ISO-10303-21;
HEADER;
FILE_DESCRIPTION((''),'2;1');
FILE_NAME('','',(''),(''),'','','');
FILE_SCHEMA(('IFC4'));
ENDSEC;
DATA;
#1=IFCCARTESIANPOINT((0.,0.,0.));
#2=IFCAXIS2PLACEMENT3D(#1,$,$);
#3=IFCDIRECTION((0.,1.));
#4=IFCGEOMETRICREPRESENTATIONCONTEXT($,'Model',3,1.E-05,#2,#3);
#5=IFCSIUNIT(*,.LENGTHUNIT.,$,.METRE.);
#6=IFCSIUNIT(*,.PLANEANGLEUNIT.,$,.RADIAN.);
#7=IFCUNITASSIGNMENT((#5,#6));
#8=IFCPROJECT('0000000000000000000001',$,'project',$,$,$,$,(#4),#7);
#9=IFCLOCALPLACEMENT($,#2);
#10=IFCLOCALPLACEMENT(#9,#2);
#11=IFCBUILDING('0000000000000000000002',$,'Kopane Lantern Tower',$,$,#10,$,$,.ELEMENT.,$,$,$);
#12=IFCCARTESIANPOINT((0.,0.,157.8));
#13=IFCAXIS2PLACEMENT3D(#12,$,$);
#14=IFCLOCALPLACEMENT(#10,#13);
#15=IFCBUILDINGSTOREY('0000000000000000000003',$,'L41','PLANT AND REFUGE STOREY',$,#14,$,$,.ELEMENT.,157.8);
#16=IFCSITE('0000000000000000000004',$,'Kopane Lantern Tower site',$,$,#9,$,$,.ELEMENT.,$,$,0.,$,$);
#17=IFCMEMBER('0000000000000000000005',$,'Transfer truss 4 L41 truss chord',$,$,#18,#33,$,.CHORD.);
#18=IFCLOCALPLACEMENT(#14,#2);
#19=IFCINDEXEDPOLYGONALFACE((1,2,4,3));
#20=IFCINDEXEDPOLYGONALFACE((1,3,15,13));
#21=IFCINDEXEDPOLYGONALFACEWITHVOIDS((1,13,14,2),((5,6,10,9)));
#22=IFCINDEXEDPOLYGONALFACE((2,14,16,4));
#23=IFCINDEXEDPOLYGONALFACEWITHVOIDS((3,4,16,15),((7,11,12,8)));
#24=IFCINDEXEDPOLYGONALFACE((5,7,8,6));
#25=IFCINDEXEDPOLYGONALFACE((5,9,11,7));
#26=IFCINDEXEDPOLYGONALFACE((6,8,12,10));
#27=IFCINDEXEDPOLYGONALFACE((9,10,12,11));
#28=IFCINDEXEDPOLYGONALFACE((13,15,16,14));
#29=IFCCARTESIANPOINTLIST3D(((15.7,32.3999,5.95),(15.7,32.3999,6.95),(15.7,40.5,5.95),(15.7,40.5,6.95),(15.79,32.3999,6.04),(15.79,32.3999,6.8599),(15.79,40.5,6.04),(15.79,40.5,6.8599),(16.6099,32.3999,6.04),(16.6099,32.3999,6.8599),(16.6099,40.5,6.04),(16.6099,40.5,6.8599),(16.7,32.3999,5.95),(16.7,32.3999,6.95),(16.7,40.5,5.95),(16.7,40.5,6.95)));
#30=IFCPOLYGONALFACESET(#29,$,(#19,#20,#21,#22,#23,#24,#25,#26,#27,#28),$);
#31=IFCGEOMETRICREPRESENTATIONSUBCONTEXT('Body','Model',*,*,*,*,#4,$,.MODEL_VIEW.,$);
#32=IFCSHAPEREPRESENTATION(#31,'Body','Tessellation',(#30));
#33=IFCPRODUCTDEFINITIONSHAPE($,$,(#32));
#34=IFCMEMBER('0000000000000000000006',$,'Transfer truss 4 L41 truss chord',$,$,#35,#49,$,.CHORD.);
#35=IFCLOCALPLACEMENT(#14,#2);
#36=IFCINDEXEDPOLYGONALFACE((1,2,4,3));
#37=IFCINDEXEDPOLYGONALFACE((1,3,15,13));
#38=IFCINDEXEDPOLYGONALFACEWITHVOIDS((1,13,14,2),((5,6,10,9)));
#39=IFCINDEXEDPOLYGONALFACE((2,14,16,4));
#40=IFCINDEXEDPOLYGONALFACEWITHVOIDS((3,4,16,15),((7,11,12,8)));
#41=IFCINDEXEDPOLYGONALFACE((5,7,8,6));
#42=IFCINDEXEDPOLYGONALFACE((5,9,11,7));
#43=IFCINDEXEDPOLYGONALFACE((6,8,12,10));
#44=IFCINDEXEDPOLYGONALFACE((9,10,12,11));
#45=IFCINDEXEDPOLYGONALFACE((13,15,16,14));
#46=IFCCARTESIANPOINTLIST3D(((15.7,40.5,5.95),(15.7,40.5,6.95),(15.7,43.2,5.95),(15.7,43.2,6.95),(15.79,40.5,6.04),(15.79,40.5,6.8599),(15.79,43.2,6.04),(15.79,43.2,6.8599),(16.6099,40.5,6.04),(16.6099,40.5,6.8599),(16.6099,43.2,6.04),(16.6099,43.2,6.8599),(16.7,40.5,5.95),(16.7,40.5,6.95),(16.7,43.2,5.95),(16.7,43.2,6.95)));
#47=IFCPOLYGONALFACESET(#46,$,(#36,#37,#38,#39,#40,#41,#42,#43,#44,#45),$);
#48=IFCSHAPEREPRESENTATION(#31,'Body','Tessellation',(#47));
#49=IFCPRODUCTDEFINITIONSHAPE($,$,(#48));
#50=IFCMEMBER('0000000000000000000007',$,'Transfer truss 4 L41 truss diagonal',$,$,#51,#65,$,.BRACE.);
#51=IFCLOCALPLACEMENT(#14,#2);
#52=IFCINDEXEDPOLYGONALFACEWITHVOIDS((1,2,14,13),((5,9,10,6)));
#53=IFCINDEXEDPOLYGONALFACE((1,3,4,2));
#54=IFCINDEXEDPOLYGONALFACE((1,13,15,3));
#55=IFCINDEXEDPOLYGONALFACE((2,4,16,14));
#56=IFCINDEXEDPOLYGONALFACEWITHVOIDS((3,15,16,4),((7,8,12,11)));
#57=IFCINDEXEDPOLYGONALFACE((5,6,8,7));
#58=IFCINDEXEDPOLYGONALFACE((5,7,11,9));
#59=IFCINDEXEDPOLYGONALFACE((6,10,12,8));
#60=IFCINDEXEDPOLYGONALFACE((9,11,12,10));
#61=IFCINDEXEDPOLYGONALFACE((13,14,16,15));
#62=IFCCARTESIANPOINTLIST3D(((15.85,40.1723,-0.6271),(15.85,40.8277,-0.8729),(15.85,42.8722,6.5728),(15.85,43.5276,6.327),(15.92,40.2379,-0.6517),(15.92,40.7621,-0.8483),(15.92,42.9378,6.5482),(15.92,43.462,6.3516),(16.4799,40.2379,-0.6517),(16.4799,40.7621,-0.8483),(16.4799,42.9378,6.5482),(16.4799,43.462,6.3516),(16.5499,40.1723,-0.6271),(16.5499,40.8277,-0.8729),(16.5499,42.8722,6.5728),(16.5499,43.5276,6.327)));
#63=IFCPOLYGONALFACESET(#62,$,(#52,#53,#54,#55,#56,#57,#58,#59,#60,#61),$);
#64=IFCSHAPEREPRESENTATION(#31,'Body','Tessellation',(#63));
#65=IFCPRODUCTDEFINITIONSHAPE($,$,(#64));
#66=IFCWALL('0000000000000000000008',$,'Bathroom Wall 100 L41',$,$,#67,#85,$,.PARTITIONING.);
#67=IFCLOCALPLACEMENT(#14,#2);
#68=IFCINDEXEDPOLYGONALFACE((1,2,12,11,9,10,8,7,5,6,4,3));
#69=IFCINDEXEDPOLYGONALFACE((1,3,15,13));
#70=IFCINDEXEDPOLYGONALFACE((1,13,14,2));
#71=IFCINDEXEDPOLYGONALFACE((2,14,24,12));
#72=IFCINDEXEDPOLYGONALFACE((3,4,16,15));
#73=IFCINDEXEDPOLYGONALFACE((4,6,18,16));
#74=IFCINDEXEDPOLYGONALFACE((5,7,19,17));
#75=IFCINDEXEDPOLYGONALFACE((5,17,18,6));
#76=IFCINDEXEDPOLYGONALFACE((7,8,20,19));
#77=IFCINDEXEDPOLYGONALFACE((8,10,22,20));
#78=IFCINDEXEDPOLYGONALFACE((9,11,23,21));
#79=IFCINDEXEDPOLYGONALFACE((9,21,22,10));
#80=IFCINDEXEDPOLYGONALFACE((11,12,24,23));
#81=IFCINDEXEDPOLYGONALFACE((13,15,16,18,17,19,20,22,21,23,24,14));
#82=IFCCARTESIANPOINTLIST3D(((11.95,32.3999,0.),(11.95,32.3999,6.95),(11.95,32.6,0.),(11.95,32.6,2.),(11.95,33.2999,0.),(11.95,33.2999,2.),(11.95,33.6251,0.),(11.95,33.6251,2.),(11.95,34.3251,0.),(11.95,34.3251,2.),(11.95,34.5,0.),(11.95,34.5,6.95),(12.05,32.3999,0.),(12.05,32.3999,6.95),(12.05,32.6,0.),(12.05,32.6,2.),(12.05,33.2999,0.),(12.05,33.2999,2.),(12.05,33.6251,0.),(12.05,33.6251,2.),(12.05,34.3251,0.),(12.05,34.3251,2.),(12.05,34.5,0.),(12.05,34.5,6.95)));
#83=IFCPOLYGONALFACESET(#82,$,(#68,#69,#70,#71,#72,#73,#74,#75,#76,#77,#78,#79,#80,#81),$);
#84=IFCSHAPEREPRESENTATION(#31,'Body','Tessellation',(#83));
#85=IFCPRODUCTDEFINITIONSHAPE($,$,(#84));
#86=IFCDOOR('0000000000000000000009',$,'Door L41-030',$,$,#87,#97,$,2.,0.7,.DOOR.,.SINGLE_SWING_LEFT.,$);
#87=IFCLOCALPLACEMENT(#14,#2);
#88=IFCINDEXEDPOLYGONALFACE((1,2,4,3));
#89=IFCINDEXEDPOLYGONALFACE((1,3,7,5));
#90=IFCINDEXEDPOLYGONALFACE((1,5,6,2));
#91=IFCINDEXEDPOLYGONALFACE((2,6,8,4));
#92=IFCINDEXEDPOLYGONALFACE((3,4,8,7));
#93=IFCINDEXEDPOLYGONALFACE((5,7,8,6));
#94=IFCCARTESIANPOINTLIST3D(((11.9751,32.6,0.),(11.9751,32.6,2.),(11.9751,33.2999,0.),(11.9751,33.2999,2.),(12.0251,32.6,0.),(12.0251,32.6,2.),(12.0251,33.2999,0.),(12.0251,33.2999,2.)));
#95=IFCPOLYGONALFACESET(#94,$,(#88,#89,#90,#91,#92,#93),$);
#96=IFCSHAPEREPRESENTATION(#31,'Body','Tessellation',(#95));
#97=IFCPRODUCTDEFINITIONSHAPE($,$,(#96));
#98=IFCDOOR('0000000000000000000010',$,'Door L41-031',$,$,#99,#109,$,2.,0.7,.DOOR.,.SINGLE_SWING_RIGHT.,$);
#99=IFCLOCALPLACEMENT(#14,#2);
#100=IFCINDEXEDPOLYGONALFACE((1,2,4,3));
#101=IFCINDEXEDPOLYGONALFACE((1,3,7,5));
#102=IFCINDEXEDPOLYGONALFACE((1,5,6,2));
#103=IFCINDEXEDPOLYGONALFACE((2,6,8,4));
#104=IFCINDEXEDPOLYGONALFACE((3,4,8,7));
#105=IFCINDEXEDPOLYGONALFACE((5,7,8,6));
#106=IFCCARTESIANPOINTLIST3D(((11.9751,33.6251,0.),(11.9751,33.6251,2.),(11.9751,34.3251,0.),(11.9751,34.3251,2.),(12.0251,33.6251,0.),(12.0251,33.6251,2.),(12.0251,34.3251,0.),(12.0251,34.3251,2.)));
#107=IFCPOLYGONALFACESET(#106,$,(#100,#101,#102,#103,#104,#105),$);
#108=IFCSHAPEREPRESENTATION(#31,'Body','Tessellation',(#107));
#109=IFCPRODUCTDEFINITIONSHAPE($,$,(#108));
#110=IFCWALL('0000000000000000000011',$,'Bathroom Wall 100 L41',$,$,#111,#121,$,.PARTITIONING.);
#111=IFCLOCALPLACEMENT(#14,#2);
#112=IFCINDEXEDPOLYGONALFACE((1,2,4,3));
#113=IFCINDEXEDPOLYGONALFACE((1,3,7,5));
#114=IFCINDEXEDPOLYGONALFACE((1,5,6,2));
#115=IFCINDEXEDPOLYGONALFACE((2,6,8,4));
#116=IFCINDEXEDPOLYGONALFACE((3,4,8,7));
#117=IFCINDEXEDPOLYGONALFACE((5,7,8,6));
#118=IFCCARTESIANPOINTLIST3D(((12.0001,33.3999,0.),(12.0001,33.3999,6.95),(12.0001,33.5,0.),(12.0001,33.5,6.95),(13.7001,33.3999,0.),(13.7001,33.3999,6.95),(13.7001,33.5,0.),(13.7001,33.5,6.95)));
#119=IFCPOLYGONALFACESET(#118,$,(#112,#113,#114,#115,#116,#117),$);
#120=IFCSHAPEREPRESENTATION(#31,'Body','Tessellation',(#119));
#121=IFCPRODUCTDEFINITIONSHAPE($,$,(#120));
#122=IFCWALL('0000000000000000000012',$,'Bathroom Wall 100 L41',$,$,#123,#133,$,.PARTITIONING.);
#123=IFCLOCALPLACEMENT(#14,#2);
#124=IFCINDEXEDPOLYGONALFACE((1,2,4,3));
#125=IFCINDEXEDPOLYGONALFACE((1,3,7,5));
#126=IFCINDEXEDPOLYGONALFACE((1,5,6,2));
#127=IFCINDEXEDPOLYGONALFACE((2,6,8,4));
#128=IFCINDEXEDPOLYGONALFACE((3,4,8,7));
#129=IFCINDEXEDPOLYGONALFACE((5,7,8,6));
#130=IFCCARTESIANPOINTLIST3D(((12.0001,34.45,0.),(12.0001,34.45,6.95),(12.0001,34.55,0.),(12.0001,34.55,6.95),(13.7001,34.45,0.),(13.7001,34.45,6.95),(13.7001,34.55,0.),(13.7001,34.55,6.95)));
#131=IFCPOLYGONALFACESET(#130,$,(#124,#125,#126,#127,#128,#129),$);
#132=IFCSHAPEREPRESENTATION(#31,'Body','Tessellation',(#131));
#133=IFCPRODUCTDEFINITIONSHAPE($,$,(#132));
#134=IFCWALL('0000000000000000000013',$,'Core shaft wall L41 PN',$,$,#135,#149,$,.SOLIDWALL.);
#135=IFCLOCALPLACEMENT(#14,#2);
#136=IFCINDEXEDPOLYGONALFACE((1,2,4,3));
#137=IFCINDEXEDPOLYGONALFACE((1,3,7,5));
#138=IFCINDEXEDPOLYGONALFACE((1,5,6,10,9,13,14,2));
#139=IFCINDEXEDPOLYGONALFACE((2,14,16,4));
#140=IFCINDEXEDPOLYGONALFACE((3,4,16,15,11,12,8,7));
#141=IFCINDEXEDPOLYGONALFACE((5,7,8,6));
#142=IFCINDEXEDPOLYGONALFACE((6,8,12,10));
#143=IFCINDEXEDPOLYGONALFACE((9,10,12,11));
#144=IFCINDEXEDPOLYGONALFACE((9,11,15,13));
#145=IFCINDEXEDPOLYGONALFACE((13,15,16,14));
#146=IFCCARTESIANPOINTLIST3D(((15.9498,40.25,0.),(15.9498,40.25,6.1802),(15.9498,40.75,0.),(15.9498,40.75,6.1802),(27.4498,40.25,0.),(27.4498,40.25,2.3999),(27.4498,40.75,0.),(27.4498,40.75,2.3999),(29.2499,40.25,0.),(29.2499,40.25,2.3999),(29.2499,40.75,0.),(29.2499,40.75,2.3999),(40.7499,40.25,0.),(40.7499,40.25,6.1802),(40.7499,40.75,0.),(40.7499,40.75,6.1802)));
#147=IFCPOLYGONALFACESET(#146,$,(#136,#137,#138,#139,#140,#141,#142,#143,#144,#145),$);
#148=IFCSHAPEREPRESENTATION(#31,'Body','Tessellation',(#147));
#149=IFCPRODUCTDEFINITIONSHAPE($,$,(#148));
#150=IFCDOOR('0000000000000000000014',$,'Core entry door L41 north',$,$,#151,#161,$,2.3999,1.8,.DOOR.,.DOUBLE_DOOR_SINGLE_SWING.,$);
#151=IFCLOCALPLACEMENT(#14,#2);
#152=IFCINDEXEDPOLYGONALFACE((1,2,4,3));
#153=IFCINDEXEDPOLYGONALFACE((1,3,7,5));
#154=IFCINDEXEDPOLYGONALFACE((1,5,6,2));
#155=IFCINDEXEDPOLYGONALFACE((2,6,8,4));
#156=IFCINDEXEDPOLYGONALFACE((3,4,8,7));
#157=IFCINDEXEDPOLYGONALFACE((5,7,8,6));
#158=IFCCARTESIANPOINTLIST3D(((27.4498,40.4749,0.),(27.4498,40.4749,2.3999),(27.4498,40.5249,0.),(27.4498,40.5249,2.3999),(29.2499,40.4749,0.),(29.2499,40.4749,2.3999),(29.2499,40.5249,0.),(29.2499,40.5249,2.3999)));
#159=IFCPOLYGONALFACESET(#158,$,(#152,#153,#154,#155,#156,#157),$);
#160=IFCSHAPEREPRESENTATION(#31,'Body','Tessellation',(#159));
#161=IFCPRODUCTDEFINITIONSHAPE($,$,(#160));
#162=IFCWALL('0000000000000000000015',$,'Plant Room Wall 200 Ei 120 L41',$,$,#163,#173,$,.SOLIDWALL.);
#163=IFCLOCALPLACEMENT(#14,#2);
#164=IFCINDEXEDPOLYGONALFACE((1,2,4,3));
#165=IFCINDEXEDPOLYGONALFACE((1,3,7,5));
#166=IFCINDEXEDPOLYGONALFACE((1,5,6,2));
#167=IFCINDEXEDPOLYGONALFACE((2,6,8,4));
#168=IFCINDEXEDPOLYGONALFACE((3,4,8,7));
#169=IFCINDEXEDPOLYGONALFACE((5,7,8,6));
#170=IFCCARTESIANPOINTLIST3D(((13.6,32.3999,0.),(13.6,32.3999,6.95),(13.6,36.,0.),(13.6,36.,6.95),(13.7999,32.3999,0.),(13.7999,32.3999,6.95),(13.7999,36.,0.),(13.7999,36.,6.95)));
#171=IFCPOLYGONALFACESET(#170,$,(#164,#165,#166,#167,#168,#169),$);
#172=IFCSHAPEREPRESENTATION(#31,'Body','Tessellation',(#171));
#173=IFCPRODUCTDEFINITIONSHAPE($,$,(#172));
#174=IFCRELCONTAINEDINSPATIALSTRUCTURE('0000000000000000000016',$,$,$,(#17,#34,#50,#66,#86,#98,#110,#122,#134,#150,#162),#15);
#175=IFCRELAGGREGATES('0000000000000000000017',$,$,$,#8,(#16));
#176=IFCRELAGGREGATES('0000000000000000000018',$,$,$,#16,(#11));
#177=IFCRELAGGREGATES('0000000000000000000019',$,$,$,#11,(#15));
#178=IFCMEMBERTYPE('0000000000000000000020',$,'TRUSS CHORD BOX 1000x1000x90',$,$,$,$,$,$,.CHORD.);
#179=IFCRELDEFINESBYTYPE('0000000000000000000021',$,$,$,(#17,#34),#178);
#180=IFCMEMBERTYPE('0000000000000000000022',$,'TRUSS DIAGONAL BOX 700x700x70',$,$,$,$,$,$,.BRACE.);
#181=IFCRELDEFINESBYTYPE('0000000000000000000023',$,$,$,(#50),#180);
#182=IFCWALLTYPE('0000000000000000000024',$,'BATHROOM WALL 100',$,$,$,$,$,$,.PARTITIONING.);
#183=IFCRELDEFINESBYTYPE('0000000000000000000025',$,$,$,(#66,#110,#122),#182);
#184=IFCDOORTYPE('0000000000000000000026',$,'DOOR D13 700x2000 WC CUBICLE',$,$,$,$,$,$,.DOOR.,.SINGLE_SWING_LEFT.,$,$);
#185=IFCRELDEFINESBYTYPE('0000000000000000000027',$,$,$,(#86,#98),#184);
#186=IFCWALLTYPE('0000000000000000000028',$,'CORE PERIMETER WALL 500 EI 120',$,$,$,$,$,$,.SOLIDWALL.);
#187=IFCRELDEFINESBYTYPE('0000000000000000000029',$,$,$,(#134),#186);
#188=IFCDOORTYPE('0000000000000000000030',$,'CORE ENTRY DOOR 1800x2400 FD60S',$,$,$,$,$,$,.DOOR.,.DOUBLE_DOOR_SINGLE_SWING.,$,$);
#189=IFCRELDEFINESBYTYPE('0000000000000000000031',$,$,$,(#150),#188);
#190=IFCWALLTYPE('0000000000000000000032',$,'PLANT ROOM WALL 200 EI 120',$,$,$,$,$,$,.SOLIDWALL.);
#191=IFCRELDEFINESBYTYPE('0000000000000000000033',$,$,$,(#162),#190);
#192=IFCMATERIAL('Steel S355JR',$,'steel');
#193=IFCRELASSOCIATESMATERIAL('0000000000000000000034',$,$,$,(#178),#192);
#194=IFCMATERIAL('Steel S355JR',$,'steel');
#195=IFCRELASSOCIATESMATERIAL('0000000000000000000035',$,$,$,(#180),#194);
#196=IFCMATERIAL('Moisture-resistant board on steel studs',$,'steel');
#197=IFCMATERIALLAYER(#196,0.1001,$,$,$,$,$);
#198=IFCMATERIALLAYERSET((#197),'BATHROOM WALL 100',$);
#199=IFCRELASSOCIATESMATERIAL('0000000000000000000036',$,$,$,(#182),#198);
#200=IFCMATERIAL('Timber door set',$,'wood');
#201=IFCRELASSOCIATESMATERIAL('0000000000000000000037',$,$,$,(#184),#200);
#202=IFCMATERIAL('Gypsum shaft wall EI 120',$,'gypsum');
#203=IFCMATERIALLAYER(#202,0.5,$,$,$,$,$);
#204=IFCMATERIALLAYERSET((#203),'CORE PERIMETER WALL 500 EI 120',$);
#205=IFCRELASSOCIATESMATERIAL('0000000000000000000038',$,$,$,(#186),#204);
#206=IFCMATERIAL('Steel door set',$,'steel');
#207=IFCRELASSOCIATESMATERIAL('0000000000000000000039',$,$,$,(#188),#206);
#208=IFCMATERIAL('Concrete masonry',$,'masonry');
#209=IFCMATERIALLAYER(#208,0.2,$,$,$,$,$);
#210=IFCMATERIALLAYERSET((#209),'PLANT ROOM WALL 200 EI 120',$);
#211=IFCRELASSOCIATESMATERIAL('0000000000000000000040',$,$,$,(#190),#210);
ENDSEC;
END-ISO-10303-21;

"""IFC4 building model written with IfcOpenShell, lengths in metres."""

from ifc_helpers import new_model, si_unit, direction, frame, frame_2d, origin, origin_2d, place, context, subcontext, project, spatial, rectangle, hollow_rectangle, extrude, material, layer, layer_set, material_profile, profile_set, type_object, element, fill, save


model = new_model("IFC4")

# Units and contexts
model_context = context("Model", 3, precision=1e-05, world=origin(), true_north=direction((0.0, 1.0)))
body_context = subcontext(model_context, "Body", "Model", "MODEL_VIEW")
ifc_project = project(units=[si_unit("LENGTHUNIT", "METRE"), si_unit("PLANEANGLEUNIT", "RADIAN")], contexts=[model_context])

# Site, building, storey
site_placement = place(None, origin())
site = spatial("IfcSite", under=ifc_project, at=site_placement, Name="Kopane Lantern Tower site", CompositionType="ELEMENT", RefElevation=0.0)
building_placement = place(site_placement, origin())
building = spatial("IfcBuilding", under=site, at=building_placement, Name="Kopane Lantern Tower", CompositionType="ELEMENT")
storey_placement = place(building_placement, frame((0.0, 0.0, 157.8)))
storey = spatial("IfcBuildingStorey", under=building, at=storey_placement, Name="L41", Description="PLANT AND REFUGE STOREY", CompositionType="ELEMENT", Elevation=157.8)

# Members
ifc_material_1 = material(Name="Steel S355JR", Category="steel")
ifc_material_profile_1 = material_profile(ifc_material_1, hollow_rectangle(XDim=1.0, YDim=1.0, WallThickness=0.0901, at=origin_2d()), Name="BOX 1000x1000x90")
ifc_profile_set_1 = profile_set([ifc_material_profile_1], Name="Steel S355JR")
member_type_1 = type_object("IfcMemberType", Name="TRUSS CHORD BOX 1000x1000x90", PredefinedType="CHORD", material=ifc_profile_set_1)
member_1_placement = place(storey_placement, frame((16.2, 32.3999, 6.45), z_axis=(0.0, 1.0, 0.0), x_axis=(-1.0, 0.0, 0.0)))
element("IfcMember", 1, at=member_1_placement, inside=storey, type_object=member_type_1, Name="Transfer truss 4 L41 truss chord", PredefinedType="CHORD", context=body_context, shape_type="SweptSolid", body=[
    extrude(hollow_rectangle(XDim=1.0, YDim=1.0, WallThickness=0.0901, at=origin_2d()), origin(), (0.0, 0.0, 1.0), 8.1001),
])
member_2_placement = place(storey_placement, frame((16.2, 40.5, 6.45), z_axis=(0.0, 1.0, 0.0), x_axis=(-1.0, 0.0, 0.0)))
element("IfcMember", 2, at=member_2_placement, inside=storey, type_object=member_type_1, Name="Transfer truss 4 L41 truss chord", PredefinedType="CHORD", context=body_context, shape_type="SweptSolid", body=[
    extrude(hollow_rectangle(XDim=1.0, YDim=1.0, WallThickness=0.0901, at=origin_2d()), origin(), (0.0, 0.0, 1.0), 2.7),
])
ifc_material_2 = material(Name="Steel S355JR", Category="steel")
ifc_material_profile_2 = material_profile(ifc_material_2, hollow_rectangle(XDim=0.7, YDim=0.7, WallThickness=0.0701, at=origin_2d()), Name="BOX 700x700x70")
ifc_profile_set_2 = profile_set([ifc_material_profile_2], Name="Steel S355JR")
member_type_2 = type_object("IfcMemberType", Name="TRUSS DIAGONAL BOX 700x700x70", PredefinedType="BRACE", material=ifc_profile_set_2)
member_3_placement = place(storey_placement, frame((16.2, 40.5, -0.75), z_axis=(0.0, 0.35112, 0.93633), x_axis=(-1.0, 0.0, 0.0)))
element("IfcMember", 3, at=member_3_placement, inside=storey, type_object=member_type_2, Name="Transfer truss 4 L41 truss diagonal", PredefinedType="BRACE", context=body_context, shape_type="SweptSolid", body=[
    extrude(hollow_rectangle(XDim=0.7, YDim=0.7, WallThickness=0.0701, at=origin_2d()), origin(), (0.0, 0.0, 1.0), 7.6895),
])

# Wall, openings, doors
ifc_material_3 = material(Name="Moisture-resistant board on steel studs", Category="steel")
ifc_layer_1 = layer(ifc_material_3, 0.1001)
ifc_layer_set_1 = layer_set([ifc_layer_1], Name="BATHROOM WALL 100")
wall_type_1 = type_object("IfcWallType", Name="BATHROOM WALL 100", PredefinedType="PARTITIONING", material=ifc_layer_set_1)
wall_1_placement = place(storey_placement, frame((12.0, 32.3999, 0.0), z_axis=(0.0, 0.0, 1.0), x_axis=(0.0, 1.0, 0.0)))
wall_1 = element("IfcWall", 4, at=wall_1_placement, inside=storey, type_object=wall_type_1, Name="Bathroom Wall 100 L41", PredefinedType="PARTITIONING", context=body_context, shape_type="SweptSolid", body=[
    extrude(rectangle(XDim=2.1001, YDim=0.1001, at=frame_2d((1.05, 0.0))), origin(), (0.0, 0.0, 1.0), 6.95),
])
opening_1_placement = place(wall_1_placement, frame((0.2, 0.0, 0.0)))
opening_1 = element("IfcOpeningElement", 5, at=opening_1_placement, cuts=wall_1, PredefinedType="OPENING", context=body_context, shape_type="SweptSolid", body=[
    extrude(rectangle(XDim=0.7, YDim=2.0, at=frame_2d((0.3501, 1.0))), frame((0.0, 0.0601, 0.0), z_axis=(0.0, -1.0, 0.0), x_axis=(1.0, 0.0, 0.0)), (0.0, 0.0, 1.0), 0.1201),
])
opening_2_placement = place(wall_1_placement, frame((1.2251, 0.0, 0.0)))
opening_2 = element("IfcOpeningElement", 6, at=opening_2_placement, cuts=wall_1, PredefinedType="OPENING", context=body_context, shape_type="SweptSolid", body=[
    extrude(rectangle(XDim=0.7, YDim=2.0, at=frame_2d((0.3501, 1.0))), frame((0.0, 0.0601, 0.0), z_axis=(0.0, -1.0, 0.0), x_axis=(1.0, 0.0, 0.0)), (0.0, 0.0, 1.0), 0.1201),
])
ifc_material_4 = material(Name="Timber door set", Category="wood")
door_type_1 = type_object("IfcDoorType", Name="DOOR D13 700x2000 WC CUBICLE", OperationType="SINGLE_SWING_LEFT", PredefinedType="DOOR", material=ifc_material_4)
door_1_placement = place(opening_1_placement, origin())
door_1 = element("IfcDoor", 7, at=door_1_placement, inside=storey, type_object=door_type_1, Name="Door L41-030", OperationType="SINGLE_SWING_LEFT", OverallHeight=2.0, OverallWidth=0.7, PredefinedType="DOOR", context=body_context, shape_type="SweptSolid", body=[
    extrude(rectangle(XDim=0.7, YDim=2.0, at=frame_2d((0.3501, 1.0))), frame((0.0, 0.0249, 0.0), z_axis=(0.0, -1.0, 0.0), x_axis=(1.0, 0.0, 0.0)), (0.0, 0.0, 1.0), 0.05),
])
fill(opening_1, door_1)
door_2_placement = place(opening_2_placement, origin())
door_2 = element("IfcDoor", 8, at=door_2_placement, inside=storey, type_object=door_type_1, Name="Door L41-031", OperationType="SINGLE_SWING_RIGHT", OverallHeight=2.0, OverallWidth=0.7, PredefinedType="DOOR", context=body_context, shape_type="SweptSolid", body=[
    extrude(rectangle(XDim=0.7, YDim=2.0, at=frame_2d((0.3501, 1.0))), frame((0.0, 0.0249, 0.0), z_axis=(0.0, -1.0, 0.0), x_axis=(1.0, 0.0, 0.0)), (0.0, 0.0, 1.0), 0.05),
])
fill(opening_2, door_2)

# Walls
for number, where, z_axis, x_axis, name in (
    (9, (12.0, 33.45, 0.0), (0.0, 0.0, 1.0), (1.0, 0.0, 0.0), "Bathroom Wall 100 L41"),
    (10, (12.0, 34.5, 0.0), (0.0, 0.0, 1.0), (1.0, 0.0, 0.0), "Bathroom Wall 100 L41"),
):
    element("IfcWall", number, at=place(storey_placement, frame(where, z_axis=z_axis, x_axis=x_axis)), inside=storey, type_object=wall_type_1, Name=name, PredefinedType="PARTITIONING", context=body_context, shape_type="SweptSolid", body=[
        extrude(rectangle(XDim=1.7, YDim=0.1001, at=frame_2d((0.8501, 0.0))), origin(), (0.0, 0.0, 1.0), 6.95),
    ])

# Wall, opening, door
ifc_material_5 = material(Name="Gypsum shaft wall EI 120", Category="gypsum")
ifc_layer_2 = layer(ifc_material_5, 0.5)
ifc_layer_set_2 = layer_set([ifc_layer_2], Name="CORE PERIMETER WALL 500 EI 120")
wall_type_2 = type_object("IfcWallType", Name="CORE PERIMETER WALL 500 EI 120", PredefinedType="SOLIDWALL", material=ifc_layer_set_2)
wall_2_placement = place(storey_placement, frame((15.95, 40.5, 0.0), z_axis=(0.0, 0.0, 1.0), x_axis=(1.0, 0.0, 0.0)))
wall_2 = element("IfcWall", 11, at=wall_2_placement, inside=storey, type_object=wall_type_2, Name="Core shaft wall L41 PN", PredefinedType="SOLIDWALL", context=body_context, shape_type="SweptSolid", body=[
    extrude(rectangle(XDim=24.8, YDim=0.5, at=frame_2d((12.3999, 0.0))), origin(), (0.0, 0.0, 1.0), 6.1802),
])
opening_3_placement = place(wall_2_placement, frame((11.5, 0.0, 0.0)))
opening_3 = element("IfcOpeningElement", 12, at=opening_3_placement, cuts=wall_2, PredefinedType="OPENING", context=body_context, shape_type="SweptSolid", body=[
    extrude(rectangle(XDim=1.8, YDim=2.3999, at=frame_2d((0.8999, 1.2))), frame((0.0, 0.26, 0.0), z_axis=(0.0, -1.0, 0.0), x_axis=(1.0, 0.0, 0.0)), (0.0, 0.0, 1.0), 0.52),
])
ifc_material_6 = material(Name="Steel door set", Category="steel")
door_type_2 = type_object("IfcDoorType", Name="CORE ENTRY DOOR 1800x2400 FD60S", OperationType="DOUBLE_DOOR_SINGLE_SWING", PredefinedType="DOOR", material=ifc_material_6)
door_3_placement = place(opening_3_placement, origin())
door_3 = element("IfcDoor", 13, at=door_3_placement, inside=storey, type_object=door_type_2, Name="Core entry door L41 north", OperationType="DOUBLE_DOOR_SINGLE_SWING", OverallHeight=2.3999, OverallWidth=1.8, PredefinedType="DOOR", context=body_context, shape_type="SweptSolid", body=[
    extrude(rectangle(XDim=1.8, YDim=2.3999, at=frame_2d((0.8999, 1.2))), frame((0.0, 0.0249, 0.0), z_axis=(0.0, -1.0, 0.0), x_axis=(1.0, 0.0, 0.0)), (0.0, 0.0, 1.0), 0.05),
])
fill(opening_3, door_3)

# Wall
ifc_material_7 = material(Name="Concrete masonry", Category="masonry")
ifc_layer_3 = layer(ifc_material_7, 0.2)
ifc_layer_set_3 = layer_set([ifc_layer_3], Name="PLANT ROOM WALL 200 EI 120")
wall_type_3 = type_object("IfcWallType", Name="PLANT ROOM WALL 200 EI 120", PredefinedType="SOLIDWALL", material=ifc_layer_set_3)
wall_3_placement = place(storey_placement, frame((13.7, 32.3999, 0.0), z_axis=(0.0, 0.0, 1.0), x_axis=(0.0, 1.0, 0.0)))
element("IfcWall", 14, at=wall_3_placement, inside=storey, type_object=wall_type_3, Name="Plant Room Wall 200 Ei 120 L41", PredefinedType="SOLIDWALL", context=body_context, shape_type="SweptSolid", body=[
    extrude(rectangle(XDim=3.6001, YDim=0.2, at=frame_2d((1.8, 0.0))), origin(), (0.0, 0.0, 1.0), 6.95),
])

save(model, "model.ifc")
